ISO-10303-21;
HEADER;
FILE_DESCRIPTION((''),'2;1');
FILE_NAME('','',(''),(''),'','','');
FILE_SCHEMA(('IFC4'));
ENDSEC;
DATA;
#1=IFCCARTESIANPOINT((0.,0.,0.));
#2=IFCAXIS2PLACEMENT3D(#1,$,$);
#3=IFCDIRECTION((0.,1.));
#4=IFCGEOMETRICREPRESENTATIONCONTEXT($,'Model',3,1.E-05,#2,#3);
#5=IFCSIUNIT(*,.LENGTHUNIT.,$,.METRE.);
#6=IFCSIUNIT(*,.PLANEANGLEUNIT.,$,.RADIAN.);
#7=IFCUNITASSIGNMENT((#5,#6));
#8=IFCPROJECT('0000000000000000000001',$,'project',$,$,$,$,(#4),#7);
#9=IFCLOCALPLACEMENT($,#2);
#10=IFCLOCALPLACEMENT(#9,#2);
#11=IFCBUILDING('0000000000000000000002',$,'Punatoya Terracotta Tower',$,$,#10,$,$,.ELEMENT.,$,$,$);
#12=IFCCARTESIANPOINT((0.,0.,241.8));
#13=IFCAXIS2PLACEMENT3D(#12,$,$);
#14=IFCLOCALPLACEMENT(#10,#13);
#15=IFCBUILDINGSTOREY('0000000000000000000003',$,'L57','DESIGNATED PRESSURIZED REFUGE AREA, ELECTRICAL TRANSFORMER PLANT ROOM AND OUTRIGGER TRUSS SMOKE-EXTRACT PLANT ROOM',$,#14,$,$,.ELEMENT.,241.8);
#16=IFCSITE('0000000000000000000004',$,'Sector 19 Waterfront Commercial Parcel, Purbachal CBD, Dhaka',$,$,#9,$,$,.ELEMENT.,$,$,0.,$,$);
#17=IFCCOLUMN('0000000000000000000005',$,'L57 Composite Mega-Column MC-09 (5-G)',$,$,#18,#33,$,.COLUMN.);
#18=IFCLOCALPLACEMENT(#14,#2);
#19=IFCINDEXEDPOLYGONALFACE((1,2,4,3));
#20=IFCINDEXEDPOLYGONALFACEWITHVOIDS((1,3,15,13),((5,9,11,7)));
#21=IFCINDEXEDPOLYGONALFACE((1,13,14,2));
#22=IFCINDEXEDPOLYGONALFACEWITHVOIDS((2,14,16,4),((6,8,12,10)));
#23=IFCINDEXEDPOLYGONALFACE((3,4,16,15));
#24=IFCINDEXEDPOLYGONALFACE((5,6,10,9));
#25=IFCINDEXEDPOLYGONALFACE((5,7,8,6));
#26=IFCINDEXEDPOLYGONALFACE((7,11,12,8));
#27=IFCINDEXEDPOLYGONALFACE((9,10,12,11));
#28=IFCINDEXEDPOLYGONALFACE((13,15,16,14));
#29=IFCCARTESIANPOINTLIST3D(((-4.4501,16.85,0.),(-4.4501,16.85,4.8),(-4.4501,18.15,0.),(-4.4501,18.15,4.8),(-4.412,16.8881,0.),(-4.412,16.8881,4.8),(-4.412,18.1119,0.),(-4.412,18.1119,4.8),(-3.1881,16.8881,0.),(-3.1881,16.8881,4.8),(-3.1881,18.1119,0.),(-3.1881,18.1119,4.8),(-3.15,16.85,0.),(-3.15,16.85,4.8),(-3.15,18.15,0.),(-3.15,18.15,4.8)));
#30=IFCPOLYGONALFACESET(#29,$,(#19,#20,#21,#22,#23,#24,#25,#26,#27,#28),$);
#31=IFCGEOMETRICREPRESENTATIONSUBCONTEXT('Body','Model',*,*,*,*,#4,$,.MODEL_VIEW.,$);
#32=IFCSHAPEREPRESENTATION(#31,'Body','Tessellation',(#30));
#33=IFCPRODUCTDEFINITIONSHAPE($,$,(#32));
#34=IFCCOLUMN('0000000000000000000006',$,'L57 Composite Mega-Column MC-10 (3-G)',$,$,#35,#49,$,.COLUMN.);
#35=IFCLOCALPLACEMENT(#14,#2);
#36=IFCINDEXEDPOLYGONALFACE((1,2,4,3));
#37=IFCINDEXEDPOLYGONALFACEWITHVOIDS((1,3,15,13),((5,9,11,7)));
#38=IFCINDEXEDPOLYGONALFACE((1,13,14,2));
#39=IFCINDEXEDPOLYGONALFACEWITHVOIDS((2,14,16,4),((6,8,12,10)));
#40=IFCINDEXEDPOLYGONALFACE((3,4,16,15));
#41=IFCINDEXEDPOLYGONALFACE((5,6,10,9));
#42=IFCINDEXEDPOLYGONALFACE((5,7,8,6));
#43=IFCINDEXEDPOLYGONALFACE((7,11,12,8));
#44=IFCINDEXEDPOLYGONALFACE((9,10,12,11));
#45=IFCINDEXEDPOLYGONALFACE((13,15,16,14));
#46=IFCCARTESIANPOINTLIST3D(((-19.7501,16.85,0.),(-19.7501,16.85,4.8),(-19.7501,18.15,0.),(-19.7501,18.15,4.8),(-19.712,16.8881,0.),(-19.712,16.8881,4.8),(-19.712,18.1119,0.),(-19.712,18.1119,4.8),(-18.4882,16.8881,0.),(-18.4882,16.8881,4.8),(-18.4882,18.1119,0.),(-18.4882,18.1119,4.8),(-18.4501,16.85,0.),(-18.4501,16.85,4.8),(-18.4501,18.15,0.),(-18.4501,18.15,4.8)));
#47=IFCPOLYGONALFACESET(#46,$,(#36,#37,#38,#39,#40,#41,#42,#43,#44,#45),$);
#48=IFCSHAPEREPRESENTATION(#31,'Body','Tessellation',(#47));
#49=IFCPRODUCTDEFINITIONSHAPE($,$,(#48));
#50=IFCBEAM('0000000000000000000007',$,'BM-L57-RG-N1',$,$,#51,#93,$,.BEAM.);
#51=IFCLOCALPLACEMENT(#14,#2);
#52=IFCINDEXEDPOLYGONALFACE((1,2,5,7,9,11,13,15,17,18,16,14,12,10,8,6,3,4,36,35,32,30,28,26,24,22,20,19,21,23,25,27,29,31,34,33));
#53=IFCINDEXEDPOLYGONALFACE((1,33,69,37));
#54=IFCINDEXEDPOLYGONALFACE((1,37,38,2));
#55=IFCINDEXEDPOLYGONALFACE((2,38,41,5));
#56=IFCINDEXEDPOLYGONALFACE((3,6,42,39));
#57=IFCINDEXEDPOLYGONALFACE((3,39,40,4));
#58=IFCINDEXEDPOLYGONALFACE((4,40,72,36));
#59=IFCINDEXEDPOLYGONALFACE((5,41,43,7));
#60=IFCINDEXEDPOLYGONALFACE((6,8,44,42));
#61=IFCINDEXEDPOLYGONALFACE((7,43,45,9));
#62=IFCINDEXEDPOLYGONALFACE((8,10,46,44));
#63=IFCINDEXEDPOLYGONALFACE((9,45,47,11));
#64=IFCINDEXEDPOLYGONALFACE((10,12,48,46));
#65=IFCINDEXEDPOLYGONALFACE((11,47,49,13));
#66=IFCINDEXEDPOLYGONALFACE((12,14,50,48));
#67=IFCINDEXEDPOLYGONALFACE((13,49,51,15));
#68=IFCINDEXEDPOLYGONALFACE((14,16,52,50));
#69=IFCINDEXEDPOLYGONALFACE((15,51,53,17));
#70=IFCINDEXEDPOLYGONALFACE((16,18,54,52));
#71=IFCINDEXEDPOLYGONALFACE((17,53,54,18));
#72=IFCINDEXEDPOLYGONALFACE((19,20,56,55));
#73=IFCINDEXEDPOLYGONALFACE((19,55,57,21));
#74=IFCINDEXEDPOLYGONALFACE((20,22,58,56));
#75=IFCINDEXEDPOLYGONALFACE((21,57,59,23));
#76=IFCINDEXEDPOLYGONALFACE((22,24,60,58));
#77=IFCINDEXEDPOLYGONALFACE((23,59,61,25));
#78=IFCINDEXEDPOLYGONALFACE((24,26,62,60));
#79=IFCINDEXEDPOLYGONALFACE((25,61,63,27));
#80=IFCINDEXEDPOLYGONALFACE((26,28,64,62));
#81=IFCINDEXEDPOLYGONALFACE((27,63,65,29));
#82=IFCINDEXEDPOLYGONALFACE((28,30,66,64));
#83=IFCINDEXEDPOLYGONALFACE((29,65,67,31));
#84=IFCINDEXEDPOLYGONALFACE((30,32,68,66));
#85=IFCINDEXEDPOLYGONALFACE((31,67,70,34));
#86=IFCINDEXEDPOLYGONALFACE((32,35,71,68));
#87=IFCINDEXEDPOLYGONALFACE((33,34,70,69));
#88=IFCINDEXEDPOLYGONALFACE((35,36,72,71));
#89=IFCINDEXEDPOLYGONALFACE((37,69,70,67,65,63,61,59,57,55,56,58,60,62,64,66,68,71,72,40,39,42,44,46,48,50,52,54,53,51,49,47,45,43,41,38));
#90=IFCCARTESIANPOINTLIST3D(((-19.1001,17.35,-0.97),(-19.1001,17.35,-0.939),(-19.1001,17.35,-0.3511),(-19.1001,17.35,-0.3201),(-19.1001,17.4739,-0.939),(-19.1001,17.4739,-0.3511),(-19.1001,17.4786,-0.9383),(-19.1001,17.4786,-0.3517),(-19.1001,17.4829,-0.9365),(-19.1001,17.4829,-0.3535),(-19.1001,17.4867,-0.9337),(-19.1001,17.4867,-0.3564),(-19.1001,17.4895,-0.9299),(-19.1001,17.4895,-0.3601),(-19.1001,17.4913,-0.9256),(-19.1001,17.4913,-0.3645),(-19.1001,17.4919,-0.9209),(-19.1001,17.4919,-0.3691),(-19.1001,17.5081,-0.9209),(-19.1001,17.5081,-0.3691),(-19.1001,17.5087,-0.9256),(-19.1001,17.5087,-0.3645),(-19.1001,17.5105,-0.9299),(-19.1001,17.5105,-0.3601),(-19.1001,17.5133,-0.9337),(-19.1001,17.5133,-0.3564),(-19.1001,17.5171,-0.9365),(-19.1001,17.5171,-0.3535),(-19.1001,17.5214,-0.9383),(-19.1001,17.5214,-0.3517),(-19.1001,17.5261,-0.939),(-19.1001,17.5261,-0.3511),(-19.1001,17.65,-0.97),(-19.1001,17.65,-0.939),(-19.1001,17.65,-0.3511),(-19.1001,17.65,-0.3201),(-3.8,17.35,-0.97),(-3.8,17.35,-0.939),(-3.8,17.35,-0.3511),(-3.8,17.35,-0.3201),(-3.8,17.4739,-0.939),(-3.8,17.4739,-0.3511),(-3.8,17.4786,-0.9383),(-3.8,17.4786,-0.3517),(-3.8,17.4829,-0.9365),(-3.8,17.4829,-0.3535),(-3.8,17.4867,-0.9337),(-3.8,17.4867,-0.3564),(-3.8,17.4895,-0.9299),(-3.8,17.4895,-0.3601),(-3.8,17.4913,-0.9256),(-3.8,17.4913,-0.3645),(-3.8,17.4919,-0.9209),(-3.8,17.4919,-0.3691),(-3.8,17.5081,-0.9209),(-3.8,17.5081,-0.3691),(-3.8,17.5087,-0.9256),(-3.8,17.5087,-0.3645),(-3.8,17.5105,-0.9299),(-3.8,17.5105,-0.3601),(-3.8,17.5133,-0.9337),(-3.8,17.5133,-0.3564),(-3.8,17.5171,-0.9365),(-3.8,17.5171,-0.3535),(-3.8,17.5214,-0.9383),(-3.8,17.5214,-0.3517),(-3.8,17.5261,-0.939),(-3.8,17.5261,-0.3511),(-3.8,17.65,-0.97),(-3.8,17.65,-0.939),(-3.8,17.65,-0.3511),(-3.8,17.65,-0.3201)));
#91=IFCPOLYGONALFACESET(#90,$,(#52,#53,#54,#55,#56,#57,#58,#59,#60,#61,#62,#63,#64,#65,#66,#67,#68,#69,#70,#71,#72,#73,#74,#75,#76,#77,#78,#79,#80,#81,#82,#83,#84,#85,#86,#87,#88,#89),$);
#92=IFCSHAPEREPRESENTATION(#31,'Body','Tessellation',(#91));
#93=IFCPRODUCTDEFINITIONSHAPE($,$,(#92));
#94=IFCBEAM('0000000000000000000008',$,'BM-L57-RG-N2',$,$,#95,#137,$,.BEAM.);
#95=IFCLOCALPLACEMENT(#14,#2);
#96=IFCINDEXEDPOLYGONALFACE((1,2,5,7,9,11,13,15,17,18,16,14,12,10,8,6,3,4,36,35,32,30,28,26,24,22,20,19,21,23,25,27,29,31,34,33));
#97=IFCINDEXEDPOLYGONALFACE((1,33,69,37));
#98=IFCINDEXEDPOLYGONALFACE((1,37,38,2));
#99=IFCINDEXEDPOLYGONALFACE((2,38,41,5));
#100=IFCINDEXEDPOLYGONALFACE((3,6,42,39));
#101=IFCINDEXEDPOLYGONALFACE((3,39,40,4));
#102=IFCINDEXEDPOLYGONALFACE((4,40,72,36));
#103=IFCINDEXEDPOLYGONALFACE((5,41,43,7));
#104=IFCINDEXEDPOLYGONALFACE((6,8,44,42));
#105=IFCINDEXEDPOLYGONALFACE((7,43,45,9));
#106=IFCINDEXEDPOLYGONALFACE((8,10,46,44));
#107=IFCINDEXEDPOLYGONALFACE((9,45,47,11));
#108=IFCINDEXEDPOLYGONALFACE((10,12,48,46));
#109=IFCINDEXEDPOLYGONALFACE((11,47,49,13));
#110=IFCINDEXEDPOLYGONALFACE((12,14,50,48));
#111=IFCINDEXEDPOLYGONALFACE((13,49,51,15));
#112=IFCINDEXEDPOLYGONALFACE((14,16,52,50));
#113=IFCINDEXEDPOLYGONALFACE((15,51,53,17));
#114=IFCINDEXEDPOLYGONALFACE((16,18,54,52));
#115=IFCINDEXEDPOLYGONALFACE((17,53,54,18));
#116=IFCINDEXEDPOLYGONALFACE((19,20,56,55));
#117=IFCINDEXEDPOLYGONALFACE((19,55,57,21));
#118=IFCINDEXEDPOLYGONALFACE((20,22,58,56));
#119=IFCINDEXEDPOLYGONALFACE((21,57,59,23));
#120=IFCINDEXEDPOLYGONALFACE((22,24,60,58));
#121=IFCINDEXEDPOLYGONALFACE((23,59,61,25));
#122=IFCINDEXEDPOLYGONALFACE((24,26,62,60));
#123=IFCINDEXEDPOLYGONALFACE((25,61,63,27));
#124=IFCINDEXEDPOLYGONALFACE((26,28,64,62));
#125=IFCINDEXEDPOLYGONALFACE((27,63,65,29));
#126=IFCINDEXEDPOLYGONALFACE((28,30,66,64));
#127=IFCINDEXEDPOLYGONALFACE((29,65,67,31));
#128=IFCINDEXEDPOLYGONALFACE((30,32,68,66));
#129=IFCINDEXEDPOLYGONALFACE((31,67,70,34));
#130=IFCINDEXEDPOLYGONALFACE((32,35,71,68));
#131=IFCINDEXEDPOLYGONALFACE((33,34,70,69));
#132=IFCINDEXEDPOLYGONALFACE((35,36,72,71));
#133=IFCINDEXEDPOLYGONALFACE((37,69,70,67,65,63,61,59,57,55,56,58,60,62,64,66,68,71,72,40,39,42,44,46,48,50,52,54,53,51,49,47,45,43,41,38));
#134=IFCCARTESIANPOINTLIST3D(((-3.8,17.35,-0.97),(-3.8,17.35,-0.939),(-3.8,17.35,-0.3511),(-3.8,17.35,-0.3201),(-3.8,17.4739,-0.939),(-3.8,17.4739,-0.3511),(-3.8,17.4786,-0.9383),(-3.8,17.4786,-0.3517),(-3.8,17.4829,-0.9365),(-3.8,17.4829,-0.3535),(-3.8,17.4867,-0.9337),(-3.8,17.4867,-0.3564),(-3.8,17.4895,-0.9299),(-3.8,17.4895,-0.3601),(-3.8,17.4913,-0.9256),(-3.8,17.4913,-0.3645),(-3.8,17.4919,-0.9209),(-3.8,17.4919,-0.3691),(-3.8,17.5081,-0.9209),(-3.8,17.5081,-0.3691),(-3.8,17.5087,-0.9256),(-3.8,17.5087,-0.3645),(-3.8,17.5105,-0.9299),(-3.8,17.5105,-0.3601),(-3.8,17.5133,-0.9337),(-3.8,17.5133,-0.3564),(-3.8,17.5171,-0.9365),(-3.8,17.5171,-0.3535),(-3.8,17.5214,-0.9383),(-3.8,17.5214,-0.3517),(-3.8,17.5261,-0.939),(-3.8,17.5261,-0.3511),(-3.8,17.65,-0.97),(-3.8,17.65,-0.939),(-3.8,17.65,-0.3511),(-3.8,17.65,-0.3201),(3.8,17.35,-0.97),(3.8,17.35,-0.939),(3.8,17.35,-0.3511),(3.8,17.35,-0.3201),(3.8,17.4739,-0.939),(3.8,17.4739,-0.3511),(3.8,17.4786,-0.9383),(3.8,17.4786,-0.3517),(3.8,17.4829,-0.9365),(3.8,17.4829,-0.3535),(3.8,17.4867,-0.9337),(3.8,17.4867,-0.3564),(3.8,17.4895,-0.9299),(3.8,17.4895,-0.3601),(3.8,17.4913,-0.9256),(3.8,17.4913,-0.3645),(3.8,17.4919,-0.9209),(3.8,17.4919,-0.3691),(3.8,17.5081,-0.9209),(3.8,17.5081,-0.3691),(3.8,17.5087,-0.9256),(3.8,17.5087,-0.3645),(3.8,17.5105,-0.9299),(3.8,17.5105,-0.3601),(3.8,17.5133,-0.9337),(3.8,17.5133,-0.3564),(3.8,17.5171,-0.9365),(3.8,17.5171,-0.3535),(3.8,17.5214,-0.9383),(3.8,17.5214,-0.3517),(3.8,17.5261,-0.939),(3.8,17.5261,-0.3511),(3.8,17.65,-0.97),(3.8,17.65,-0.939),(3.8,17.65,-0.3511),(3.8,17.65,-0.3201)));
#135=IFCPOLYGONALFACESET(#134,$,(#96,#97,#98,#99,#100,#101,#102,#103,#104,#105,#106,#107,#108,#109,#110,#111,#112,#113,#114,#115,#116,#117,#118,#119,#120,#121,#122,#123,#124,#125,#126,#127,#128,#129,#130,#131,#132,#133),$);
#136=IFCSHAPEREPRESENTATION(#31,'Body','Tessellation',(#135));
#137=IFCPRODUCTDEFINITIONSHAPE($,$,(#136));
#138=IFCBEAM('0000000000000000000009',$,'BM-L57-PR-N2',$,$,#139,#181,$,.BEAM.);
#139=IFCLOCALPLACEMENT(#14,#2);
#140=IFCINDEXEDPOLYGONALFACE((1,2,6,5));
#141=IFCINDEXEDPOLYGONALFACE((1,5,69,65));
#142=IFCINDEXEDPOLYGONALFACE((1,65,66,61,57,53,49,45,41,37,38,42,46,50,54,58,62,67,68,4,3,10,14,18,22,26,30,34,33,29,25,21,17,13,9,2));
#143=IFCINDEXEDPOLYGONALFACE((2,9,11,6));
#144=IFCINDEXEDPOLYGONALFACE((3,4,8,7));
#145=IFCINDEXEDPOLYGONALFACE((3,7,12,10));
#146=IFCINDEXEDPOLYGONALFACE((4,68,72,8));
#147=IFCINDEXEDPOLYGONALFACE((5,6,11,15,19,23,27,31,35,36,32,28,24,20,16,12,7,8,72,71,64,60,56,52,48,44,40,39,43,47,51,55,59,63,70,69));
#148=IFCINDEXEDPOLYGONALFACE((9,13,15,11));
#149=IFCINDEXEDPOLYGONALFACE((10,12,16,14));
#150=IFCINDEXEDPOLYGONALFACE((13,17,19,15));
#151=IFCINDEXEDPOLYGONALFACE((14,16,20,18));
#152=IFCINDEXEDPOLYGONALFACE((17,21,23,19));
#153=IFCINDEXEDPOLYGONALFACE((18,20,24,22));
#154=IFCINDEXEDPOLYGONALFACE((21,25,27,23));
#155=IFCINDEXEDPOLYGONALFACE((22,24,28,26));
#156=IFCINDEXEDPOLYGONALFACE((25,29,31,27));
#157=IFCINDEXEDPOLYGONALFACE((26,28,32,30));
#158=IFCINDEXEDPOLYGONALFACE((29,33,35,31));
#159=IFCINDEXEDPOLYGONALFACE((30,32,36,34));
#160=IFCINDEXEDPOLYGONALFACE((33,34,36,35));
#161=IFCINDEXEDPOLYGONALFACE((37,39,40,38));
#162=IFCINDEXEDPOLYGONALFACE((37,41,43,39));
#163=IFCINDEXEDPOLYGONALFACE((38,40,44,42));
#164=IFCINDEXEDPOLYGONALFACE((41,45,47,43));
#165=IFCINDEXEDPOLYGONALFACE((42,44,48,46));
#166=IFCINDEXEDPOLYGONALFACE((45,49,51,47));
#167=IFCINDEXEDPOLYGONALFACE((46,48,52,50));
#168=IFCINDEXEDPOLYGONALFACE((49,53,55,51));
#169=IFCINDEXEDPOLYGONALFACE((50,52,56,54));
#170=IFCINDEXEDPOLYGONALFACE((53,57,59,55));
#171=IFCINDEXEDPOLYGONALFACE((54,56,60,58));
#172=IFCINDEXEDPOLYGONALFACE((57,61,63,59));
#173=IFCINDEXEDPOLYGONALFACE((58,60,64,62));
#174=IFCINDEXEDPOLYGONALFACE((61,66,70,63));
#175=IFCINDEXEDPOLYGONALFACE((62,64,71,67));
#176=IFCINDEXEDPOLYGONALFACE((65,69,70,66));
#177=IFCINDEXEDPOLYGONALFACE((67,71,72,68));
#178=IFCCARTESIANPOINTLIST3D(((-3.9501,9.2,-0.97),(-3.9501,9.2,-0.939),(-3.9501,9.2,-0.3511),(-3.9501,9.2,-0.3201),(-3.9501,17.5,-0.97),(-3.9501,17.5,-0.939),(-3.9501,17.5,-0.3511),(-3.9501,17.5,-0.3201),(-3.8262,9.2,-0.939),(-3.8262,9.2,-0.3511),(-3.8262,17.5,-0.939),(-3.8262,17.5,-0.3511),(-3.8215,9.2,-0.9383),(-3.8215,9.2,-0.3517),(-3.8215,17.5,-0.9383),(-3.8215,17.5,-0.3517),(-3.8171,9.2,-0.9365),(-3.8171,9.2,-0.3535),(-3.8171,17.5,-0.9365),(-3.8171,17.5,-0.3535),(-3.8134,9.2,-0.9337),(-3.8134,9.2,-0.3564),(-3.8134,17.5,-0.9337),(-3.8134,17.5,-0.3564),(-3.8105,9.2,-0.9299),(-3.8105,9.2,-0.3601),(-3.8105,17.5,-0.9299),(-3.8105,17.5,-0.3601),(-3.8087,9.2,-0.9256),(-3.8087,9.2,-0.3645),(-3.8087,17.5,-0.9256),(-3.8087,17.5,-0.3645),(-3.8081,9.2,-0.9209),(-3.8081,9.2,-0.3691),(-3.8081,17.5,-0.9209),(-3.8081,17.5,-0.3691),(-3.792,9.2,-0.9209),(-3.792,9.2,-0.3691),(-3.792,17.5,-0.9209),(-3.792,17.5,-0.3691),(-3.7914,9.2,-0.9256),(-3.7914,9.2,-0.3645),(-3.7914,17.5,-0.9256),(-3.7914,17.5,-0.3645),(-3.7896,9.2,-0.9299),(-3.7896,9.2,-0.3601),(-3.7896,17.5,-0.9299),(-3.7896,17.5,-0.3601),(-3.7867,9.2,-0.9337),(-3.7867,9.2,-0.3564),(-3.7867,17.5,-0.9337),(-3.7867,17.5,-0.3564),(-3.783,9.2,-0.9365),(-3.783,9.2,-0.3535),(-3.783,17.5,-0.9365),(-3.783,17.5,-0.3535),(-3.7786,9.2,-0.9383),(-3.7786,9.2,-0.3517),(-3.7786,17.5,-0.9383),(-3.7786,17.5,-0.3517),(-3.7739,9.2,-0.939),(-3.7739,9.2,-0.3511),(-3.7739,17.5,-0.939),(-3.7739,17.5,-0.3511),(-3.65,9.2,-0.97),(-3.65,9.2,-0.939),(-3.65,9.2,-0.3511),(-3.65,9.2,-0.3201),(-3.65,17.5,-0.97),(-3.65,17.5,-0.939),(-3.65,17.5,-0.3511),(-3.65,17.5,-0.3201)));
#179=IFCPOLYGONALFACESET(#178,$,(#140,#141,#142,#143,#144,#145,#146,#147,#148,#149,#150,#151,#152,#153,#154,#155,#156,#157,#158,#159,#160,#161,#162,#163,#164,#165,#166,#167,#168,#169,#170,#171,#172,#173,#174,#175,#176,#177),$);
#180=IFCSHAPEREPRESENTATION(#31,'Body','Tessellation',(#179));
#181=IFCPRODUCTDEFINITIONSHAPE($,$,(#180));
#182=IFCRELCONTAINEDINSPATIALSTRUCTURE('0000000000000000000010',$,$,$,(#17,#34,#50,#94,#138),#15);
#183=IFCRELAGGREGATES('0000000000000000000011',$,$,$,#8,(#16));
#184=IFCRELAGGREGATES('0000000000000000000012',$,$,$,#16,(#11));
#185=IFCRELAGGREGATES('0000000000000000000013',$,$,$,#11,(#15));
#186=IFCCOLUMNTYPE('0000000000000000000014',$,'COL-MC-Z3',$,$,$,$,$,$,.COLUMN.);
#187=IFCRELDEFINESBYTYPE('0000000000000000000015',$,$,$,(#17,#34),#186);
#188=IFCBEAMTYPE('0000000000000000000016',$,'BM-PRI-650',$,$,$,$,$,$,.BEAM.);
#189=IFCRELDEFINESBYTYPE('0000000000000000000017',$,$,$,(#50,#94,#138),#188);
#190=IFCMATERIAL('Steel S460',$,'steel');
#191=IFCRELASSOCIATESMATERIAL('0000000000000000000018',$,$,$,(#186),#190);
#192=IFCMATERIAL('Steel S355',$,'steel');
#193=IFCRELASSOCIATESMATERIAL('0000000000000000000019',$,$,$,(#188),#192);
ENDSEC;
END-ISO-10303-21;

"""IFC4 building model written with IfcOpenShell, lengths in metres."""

from ifc_helpers import new_model, si_unit, direction, frame, origin, origin_2d, place, context, subcontext, project, spatial, hollow_rectangle, i_section, extrude, material, material_profile, profile_set, type_object, element, save


model = new_model("IFC4")

# Units and contexts
model_context = context("Model", 3, precision=1e-05, world=origin(), true_north=direction((0.0, 1.0)))
body_context = subcontext(model_context, "Body", "Model", "MODEL_VIEW")
ifc_project = project(units=[si_unit("LENGTHUNIT", "METRE"), si_unit("PLANEANGLEUNIT", "RADIAN")], contexts=[model_context])

# Site, building, storey
site_placement = place(None, origin())
site = spatial("IfcSite", under=ifc_project, at=site_placement, Name="Sector 19 Waterfront Commercial Parcel, Purbachal CBD, Dhaka", CompositionType="ELEMENT", RefElevation=0.0)
building_placement = place(site_placement, origin())
building = spatial("IfcBuilding", under=site, at=building_placement, Name="Punatoya Terracotta Tower", CompositionType="ELEMENT")
storey_placement = place(building_placement, frame((0.0, 0.0, 241.8)))
storey = spatial("IfcBuildingStorey", under=building, at=storey_placement, Name="L57", Description="DESIGNATED PRESSURIZED REFUGE AREA, ELECTRICAL TRANSFORMER PLANT ROOM AND OUTRIGGER TRUSS SMOKE-EXTRACT PLANT ROOM", CompositionType="ELEMENT", Elevation=241.8)

# Columns
ifc_material_1 = material(Name="Steel S460", Category="steel")
ifc_material_profile_1 = material_profile(ifc_material_1, hollow_rectangle(XDim=1.3, YDim=1.3, WallThickness=0.0381, at=origin_2d()))
ifc_profile_set_1 = profile_set([ifc_material_profile_1], Name="Steel S460")
column_type = type_object("IfcColumnType", Name="COL-MC-Z3", PredefinedType="COLUMN", material=ifc_profile_set_1)
for number, where, z_axis, x_axis, name in (
    (1, (-3.8, 17.5, 0.0), (0.0, 0.0, 1.0), (1.0, 0.0, 0.0), "L57 Composite Mega-Column MC-09 (5-G)"),
    (2, (-19.1001, 17.5, 0.0), (0.0, 0.0, 1.0), (1.0, 0.0, 0.0), "L57 Composite Mega-Column MC-10 (3-G)"),
):
    element("IfcColumn", number, at=place(storey_placement, frame(where, z_axis=z_axis, x_axis=x_axis)), inside=storey, type_object=column_type, Name=name, PredefinedType="COLUMN", context=body_context, shape_type="SweptSolid", body=[
        extrude(hollow_rectangle(XDim=1.3, YDim=1.3, WallThickness=0.0381, at=origin_2d()), origin(), (0.0, 0.0, 1.0), 4.8),
    ])

# Beams
ifc_material_2 = material(Name="Steel S355", Category="steel")
ifc_material_profile_2 = material_profile(ifc_material_2, i_section(OverallWidth=0.3, OverallDepth=0.6499, WebThickness=0.0161, FlangeThickness=0.031, FilletRadius=0.0181, at=origin_2d()))
ifc_profile_set_2 = profile_set([ifc_material_profile_2], Name="Steel S355")
beam_type_1 = type_object("IfcBeamType", Name="BM-PRI-650", PredefinedType="BEAM", material=ifc_profile_set_2)
beam_1_placement = place(storey_placement, frame((-19.1001, 17.5, -0.645), z_axis=(1.0, 0.0, 0.0), x_axis=(0.0, 1.0, 0.0)))
element("IfcBeam", 3, at=beam_1_placement, inside=storey, type_object=beam_type_1, Name="BM-L57-RG-N1", PredefinedType="BEAM", context=body_context, shape_type="SweptSolid", body=[
    extrude(i_section(OverallWidth=0.3, OverallDepth=0.6499, WebThickness=0.0161, FlangeThickness=0.031, FilletRadius=0.0181, at=origin_2d()), origin(), (0.0, 0.0, 1.0), 15.3),
])
beam_2_placement = place(storey_placement, frame((-3.8, 17.5, -0.645), z_axis=(1.0, 0.0, 0.0), x_axis=(0.0, 1.0, 0.0)))
element("IfcBeam", 4, at=beam_2_placement, inside=storey, type_object=beam_type_1, Name="BM-L57-RG-N2", PredefinedType="BEAM", context=body_context, shape_type="SweptSolid", body=[
    extrude(i_section(OverallWidth=0.3, OverallDepth=0.6499, WebThickness=0.0161, FlangeThickness=0.031, FilletRadius=0.0181, at=origin_2d()), origin(), (0.0, 0.0, 1.0), 7.6001),
])
beam_3_placement = place(storey_placement, frame((-3.8, 9.2, -0.645), z_axis=(0.0, 1.0, 0.0), x_axis=(-1.0, 0.0, 0.0)))
element("IfcBeam", 5, at=beam_3_placement, inside=storey, type_object=beam_type_1, Name="BM-L57-PR-N2", PredefinedType="BEAM", context=body_context, shape_type="SweptSolid", body=[
    extrude(i_section(OverallWidth=0.3, OverallDepth=0.6499, WebThickness=0.0161, FlangeThickness=0.031, FilletRadius=0.0181, at=origin_2d()), origin(), (0.0, 0.0, 1.0), 8.3),
])

save(model, "model.ifc")
